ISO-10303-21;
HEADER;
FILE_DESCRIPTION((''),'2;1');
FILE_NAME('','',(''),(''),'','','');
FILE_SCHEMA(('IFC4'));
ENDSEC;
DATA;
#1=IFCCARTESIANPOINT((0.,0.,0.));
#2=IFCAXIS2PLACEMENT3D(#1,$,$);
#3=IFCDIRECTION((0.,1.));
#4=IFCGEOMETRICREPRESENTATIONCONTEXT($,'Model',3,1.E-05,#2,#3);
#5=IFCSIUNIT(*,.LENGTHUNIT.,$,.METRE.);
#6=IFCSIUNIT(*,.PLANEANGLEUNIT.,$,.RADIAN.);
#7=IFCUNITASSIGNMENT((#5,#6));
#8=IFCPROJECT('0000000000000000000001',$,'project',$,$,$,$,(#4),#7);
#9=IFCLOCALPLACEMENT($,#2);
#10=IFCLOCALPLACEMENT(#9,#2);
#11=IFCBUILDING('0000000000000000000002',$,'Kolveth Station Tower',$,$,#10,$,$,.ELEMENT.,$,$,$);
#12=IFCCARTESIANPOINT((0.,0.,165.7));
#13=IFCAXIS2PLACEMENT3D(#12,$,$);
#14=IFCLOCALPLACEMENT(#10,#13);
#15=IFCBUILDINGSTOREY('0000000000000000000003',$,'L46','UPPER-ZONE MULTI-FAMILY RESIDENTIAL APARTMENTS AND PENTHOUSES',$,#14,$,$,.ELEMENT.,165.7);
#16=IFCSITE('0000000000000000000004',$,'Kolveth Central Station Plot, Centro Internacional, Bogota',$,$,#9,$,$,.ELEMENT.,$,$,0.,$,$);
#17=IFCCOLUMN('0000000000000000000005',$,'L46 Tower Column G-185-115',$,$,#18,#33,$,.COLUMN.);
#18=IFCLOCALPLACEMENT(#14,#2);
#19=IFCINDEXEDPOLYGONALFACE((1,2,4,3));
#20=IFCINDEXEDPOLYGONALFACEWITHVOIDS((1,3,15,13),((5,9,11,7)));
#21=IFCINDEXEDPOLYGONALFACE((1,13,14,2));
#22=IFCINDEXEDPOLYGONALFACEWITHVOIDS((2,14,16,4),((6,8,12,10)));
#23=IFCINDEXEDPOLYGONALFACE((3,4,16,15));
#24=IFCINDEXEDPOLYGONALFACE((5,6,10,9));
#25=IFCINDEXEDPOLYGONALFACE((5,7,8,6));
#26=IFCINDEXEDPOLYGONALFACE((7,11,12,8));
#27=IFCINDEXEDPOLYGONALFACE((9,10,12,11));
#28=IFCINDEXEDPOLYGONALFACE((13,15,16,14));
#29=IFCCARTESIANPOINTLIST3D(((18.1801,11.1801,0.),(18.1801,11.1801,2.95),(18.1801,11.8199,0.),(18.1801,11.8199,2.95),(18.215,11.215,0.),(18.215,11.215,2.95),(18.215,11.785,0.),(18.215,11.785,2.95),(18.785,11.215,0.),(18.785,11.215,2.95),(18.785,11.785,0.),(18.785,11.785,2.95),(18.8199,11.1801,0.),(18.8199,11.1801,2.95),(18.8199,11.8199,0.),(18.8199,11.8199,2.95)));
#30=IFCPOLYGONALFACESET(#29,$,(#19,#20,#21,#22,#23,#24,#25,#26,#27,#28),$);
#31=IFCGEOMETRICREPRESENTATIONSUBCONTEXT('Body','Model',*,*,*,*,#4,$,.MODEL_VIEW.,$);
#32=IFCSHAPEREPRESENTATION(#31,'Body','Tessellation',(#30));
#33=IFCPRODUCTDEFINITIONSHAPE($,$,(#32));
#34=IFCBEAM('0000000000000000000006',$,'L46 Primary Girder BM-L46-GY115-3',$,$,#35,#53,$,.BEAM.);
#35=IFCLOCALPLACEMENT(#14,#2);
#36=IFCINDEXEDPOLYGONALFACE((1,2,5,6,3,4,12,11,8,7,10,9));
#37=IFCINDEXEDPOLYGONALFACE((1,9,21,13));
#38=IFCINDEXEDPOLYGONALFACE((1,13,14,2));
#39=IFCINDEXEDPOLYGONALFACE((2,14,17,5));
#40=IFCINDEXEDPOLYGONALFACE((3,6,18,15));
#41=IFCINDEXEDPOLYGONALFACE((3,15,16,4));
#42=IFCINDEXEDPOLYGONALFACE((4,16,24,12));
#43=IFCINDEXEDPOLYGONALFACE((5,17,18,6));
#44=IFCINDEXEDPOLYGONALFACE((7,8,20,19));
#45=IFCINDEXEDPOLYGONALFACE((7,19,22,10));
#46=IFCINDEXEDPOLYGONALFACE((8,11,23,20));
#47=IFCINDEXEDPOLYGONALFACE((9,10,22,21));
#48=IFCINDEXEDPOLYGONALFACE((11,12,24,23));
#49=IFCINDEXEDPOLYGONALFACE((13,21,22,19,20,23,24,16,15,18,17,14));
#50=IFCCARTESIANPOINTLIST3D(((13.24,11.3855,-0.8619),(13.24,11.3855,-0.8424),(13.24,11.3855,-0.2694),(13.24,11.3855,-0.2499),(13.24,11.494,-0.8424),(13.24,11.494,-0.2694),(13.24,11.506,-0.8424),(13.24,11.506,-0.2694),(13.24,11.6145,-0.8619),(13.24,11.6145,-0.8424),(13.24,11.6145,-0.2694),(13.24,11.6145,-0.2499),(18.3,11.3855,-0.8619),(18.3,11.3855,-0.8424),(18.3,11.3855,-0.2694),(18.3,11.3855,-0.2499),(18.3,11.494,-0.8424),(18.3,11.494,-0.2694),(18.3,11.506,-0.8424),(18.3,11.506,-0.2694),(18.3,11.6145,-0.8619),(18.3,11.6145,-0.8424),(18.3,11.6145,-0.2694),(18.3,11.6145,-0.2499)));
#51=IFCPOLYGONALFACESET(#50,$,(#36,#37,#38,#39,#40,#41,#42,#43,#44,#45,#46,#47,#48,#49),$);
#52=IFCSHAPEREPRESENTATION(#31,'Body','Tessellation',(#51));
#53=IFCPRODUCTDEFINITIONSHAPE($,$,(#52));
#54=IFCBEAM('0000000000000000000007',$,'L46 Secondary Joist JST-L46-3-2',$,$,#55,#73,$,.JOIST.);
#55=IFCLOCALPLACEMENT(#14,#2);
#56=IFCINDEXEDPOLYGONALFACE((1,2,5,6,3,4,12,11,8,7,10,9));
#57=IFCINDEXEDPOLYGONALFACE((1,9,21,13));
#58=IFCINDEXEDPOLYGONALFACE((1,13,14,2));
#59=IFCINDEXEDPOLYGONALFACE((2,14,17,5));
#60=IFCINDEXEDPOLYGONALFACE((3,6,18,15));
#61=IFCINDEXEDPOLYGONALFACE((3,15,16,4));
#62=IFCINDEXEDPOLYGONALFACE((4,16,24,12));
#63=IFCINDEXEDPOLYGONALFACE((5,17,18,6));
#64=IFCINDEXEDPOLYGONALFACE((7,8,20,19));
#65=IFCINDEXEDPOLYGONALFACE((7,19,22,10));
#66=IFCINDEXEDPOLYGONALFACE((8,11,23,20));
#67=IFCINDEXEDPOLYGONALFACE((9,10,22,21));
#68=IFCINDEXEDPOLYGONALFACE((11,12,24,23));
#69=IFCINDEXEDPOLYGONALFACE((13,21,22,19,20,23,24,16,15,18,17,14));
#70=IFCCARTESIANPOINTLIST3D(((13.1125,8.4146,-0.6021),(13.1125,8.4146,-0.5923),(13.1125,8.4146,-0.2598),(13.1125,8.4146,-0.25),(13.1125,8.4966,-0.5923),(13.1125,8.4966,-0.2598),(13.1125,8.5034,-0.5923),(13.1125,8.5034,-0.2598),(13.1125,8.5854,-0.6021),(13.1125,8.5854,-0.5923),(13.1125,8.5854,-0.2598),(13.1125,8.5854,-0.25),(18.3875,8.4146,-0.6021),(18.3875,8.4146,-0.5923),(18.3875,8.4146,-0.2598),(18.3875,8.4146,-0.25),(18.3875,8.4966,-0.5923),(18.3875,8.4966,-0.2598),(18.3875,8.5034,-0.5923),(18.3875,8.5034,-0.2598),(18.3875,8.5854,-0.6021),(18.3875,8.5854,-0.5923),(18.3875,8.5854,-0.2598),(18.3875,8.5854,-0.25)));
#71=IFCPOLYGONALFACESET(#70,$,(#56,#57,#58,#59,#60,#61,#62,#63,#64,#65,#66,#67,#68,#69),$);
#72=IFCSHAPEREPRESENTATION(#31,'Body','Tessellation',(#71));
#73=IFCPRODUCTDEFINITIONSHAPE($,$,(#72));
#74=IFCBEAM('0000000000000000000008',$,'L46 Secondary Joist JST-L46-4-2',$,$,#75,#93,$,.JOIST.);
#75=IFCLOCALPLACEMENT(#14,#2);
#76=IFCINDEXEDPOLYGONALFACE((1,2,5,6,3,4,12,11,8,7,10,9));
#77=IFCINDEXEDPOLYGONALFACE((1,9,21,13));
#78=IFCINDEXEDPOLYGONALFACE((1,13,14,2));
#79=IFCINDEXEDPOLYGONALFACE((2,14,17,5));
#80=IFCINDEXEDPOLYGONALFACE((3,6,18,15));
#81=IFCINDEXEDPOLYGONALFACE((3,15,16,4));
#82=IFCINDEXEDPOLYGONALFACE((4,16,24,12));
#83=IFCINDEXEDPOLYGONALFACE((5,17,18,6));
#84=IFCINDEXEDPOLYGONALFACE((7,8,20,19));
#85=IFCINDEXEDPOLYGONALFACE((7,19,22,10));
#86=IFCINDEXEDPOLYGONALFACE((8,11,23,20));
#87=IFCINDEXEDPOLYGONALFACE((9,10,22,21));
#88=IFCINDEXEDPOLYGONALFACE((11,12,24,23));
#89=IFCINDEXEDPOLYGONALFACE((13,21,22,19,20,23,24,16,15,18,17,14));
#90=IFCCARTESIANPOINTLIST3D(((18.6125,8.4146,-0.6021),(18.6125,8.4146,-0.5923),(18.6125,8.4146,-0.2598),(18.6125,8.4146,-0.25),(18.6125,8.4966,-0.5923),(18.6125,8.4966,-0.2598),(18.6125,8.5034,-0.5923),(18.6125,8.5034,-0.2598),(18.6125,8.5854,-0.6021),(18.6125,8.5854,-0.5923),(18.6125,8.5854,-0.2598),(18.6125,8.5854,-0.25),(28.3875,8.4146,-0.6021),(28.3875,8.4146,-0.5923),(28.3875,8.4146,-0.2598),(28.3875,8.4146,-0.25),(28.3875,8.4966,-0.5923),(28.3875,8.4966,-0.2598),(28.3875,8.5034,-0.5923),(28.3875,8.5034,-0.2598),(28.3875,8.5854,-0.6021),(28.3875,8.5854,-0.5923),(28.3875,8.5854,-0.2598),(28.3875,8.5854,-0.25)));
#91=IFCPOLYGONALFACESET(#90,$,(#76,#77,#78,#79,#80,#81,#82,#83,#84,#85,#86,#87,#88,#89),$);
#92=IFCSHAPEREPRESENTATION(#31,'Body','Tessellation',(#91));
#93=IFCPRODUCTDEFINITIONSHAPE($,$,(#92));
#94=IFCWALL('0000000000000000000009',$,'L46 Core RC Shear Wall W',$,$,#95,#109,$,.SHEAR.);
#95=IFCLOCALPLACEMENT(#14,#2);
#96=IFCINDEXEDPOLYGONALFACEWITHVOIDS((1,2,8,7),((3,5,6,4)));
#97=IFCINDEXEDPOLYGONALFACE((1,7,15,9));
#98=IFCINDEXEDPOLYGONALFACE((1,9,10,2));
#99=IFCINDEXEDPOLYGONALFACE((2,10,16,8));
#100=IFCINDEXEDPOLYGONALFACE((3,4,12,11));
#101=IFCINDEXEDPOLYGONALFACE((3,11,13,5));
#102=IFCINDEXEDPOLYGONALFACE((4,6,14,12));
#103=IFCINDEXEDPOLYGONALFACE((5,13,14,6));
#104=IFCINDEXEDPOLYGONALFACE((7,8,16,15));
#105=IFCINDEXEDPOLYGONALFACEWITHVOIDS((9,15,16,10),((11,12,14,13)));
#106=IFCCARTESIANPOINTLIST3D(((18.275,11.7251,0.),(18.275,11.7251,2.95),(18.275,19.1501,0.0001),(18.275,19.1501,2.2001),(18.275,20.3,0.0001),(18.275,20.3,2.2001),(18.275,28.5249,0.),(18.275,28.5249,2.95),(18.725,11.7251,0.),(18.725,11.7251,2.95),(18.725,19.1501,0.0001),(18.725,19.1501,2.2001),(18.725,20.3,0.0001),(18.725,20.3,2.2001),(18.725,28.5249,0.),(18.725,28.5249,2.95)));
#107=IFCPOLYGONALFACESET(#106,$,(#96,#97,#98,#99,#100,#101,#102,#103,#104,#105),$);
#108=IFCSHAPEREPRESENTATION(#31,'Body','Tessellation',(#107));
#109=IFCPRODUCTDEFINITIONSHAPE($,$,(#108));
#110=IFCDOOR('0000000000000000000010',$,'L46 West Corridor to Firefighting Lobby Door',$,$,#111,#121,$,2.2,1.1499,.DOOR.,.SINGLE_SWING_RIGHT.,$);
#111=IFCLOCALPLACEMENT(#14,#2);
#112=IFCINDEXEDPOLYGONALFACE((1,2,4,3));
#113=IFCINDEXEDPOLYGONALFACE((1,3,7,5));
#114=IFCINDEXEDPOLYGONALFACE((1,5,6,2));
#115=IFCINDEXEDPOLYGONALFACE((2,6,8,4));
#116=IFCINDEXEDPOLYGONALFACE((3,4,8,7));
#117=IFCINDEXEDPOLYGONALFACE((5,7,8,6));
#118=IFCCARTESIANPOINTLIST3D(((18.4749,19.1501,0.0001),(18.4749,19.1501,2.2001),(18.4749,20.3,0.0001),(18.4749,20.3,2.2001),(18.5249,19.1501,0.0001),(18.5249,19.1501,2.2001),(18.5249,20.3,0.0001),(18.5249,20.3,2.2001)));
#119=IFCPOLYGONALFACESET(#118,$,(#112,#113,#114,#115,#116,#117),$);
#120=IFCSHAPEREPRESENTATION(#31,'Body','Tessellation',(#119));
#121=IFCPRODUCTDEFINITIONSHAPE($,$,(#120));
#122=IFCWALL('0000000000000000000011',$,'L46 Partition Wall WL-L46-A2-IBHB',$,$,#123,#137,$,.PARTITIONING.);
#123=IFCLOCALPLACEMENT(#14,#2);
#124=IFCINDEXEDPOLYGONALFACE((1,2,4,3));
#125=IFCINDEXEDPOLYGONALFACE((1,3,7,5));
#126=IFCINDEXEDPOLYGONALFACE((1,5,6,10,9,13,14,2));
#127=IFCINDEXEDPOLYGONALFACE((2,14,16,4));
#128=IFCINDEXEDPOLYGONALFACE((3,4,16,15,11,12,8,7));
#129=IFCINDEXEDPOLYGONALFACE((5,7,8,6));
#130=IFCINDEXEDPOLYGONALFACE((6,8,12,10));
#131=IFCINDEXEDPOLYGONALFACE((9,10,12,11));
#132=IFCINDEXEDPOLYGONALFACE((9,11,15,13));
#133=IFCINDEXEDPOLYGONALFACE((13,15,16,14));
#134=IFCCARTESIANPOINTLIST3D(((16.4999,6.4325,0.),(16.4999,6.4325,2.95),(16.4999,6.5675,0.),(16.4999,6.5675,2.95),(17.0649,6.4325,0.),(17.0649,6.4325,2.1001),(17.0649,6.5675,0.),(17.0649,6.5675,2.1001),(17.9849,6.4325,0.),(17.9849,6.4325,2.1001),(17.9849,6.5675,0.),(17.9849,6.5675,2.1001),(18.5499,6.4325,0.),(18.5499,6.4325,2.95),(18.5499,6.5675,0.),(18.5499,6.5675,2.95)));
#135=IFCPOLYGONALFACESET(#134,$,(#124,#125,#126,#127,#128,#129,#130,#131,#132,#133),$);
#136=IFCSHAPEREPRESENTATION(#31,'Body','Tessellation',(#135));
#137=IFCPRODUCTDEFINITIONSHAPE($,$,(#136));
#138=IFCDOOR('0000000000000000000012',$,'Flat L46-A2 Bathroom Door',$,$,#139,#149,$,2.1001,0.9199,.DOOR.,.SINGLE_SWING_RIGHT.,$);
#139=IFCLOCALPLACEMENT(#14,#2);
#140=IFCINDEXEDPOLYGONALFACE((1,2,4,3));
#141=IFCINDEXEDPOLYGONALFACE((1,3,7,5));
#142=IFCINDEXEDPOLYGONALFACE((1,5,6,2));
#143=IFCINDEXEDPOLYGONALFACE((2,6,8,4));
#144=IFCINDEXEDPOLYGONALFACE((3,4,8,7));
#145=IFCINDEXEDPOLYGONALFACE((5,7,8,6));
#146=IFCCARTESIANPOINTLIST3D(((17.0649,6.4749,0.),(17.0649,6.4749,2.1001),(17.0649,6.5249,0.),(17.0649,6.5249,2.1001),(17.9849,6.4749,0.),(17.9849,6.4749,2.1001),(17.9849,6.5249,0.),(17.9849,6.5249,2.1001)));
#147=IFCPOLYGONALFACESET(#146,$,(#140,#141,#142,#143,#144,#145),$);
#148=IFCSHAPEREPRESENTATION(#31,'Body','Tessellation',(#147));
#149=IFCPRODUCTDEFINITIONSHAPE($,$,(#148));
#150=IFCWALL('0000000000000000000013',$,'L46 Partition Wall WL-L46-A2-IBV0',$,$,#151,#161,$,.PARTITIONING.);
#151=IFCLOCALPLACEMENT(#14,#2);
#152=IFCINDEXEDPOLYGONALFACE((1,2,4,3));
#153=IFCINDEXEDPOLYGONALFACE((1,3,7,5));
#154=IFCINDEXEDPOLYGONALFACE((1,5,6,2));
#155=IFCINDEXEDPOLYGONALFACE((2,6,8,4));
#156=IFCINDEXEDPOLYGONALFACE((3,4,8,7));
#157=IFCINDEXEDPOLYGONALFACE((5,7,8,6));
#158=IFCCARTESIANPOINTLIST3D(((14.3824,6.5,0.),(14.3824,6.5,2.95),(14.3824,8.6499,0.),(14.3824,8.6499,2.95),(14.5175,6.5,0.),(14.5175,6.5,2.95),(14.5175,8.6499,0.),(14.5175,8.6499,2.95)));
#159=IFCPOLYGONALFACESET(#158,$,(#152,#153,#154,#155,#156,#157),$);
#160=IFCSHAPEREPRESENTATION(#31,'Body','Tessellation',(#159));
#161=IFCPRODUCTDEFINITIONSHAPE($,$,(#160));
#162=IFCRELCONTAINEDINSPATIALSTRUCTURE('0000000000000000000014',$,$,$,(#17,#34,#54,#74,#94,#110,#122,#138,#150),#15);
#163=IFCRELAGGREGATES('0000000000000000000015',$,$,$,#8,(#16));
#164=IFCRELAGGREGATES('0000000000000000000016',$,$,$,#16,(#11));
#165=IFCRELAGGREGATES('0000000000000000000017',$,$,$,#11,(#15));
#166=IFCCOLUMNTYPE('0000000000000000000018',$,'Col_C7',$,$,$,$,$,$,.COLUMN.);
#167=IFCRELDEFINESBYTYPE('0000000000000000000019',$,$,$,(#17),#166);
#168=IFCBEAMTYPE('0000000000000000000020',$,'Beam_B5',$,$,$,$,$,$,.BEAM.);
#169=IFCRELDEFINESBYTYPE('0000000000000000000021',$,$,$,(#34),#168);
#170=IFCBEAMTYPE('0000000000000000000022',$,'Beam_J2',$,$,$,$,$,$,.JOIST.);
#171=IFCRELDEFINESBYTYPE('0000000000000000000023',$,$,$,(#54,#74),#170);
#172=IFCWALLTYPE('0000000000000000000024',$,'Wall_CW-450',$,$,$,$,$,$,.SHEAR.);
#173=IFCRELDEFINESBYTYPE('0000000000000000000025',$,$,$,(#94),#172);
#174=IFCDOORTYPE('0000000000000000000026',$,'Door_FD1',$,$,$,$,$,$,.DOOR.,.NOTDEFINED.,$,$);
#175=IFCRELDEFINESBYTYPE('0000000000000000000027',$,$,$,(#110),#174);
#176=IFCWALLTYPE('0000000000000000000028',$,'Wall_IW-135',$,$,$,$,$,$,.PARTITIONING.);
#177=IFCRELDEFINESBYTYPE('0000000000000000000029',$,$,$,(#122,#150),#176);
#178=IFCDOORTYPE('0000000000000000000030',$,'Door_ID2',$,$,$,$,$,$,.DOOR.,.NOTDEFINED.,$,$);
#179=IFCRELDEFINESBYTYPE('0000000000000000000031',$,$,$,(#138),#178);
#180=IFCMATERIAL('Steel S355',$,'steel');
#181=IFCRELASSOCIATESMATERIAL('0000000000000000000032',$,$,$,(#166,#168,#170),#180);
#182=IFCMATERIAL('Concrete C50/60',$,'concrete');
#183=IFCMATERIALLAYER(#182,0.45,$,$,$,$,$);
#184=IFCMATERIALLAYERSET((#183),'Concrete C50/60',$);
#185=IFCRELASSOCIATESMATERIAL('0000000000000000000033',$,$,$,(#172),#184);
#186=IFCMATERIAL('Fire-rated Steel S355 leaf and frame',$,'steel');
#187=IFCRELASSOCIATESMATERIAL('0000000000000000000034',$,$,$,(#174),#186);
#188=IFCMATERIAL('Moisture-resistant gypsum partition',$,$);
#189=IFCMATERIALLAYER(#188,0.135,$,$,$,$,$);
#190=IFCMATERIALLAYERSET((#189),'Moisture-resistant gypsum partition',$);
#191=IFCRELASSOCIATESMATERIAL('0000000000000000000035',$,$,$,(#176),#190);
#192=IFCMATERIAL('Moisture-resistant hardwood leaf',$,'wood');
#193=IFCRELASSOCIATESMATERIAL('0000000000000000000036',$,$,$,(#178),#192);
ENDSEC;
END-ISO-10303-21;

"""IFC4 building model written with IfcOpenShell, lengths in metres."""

from ifc_helpers import new_model, si_unit, direction, frame, frame_2d, origin, origin_2d, place, context, subcontext, project, spatial, rectangle, hollow_rectangle, i_section, extrude, source, transform, mapped, material, layer, layer_set, material_profile, profile_set, type_object, element, fill, save


model = new_model("IFC4")

# Units and contexts
model_context = context("Model", 3, precision=1e-05, world=origin(), true_north=direction((0.0, 1.0)))
body_context = subcontext(model_context, "Body", "Model", "MODEL_VIEW")
ifc_project = project(units=[si_unit("LENGTHUNIT", "METRE"), si_unit("PLANEANGLEUNIT", "RADIAN")], contexts=[model_context])

# Site, building, storey
site_placement = place(None, origin())
site = spatial("IfcSite", under=ifc_project, at=site_placement, Name="Kolveth Central Station Plot, Centro Internacional, Bogota", CompositionType="ELEMENT", RefElevation=0.0)
building_placement = place(site_placement, origin())
building = spatial("IfcBuilding", under=site, at=building_placement, Name="Kolveth Station Tower", CompositionType="ELEMENT")
storey_placement = place(building_placement, frame((0.0, 0.0, 165.7)))
storey = spatial("IfcBuildingStorey", under=building, at=storey_placement, Name="L46", Description="UPPER-ZONE MULTI-FAMILY RESIDENTIAL APARTMENTS AND PENTHOUSES", CompositionType="ELEMENT", Elevation=165.7)

# Column
ifc_material_1 = material(Name="Steel S355", Category="steel")
ifc_material_profile_1 = material_profile(ifc_material_1, hollow_rectangle(XDim=0.6399, YDim=0.6399, WallThickness=0.0349, at=origin_2d()), Name="BOX640x640x35")
ifc_profile_set_1 = profile_set([ifc_material_profile_1], Name="Steel S355")
column_type = type_object("IfcColumnType", Name="Col_C7", PredefinedType="COLUMN", material=ifc_profile_set_1)
shared_shape_1 = source(origin(), body_context, "Body", "SweptSolid", [
    extrude(hollow_rectangle(XDim=0.6399, YDim=0.6399, WallThickness=0.0349, at=origin_2d()), origin(), (0.0, 0.0, 1.0), 2.95),
])
column_placement = place(storey_placement, frame((18.5, 11.5, 0.0), z_axis=(0.0, 0.0, 1.0), x_axis=(1.0, 0.0, 0.0)))
element("IfcColumn", 1, at=column_placement, inside=storey, type_object=column_type, Name="L46 Tower Column G-185-115", PredefinedType="COLUMN", context=body_context, shape_type="MappedRepresentation", body=[
    mapped(shared_shape_1, transform((0.0, 0.0, 0.0), x_axis=(1.0, 0.0, 0.0), y_axis=(0.0, 1.0, 0.0), z_axis=(0.0, 0.0, 1.0), scale=1.0)),
])

# Beams
ifc_material_profile_2 = material_profile(ifc_material_1, i_section(OverallWidth=0.229, OverallDepth=0.6121, WebThickness=0.012, FlangeThickness=0.0195, at=origin_2d()), Name="W610x125")
ifc_profile_set_2 = profile_set([ifc_material_profile_2], Name="Steel S355")
beam_type_1 = type_object("IfcBeamType", Name="Beam_B5", PredefinedType="BEAM", material=ifc_profile_set_2)
shared_shape_2 = source(origin(), body_context, "Body", "SweptSolid", [
    extrude(i_section(OverallWidth=0.229, OverallDepth=0.6121, WebThickness=0.012, FlangeThickness=0.0195, at=origin_2d()), origin(), (0.0, 0.0, 1.0), 5.0601),
])
beam_1_placement = place(storey_placement, frame((13.24, 11.5, -0.5559), z_axis=(1.0, 0.0, 0.0), x_axis=(0.0, 1.0, 0.0)))
element("IfcBeam", 2, at=beam_1_placement, inside=storey, type_object=beam_type_1, Name="L46 Primary Girder BM-L46-GY115-3", PredefinedType="BEAM", context=body_context, shape_type="MappedRepresentation", body=[
    mapped(shared_shape_2, transform((0.0, 0.0, 0.0), x_axis=(1.0, 0.0, 0.0), y_axis=(0.0, 1.0, 0.0), z_axis=(0.0, 0.0, 1.0), scale=1.0)),
])
ifc_material_profile_3 = material_profile(ifc_material_1, i_section(OverallWidth=0.1709, OverallDepth=0.3521, WebThickness=0.0068, FlangeThickness=0.0098, at=origin_2d()), Name="W360x44")
ifc_profile_set_3 = profile_set([ifc_material_profile_3], Name="Steel S355")
beam_type_2 = type_object("IfcBeamType", Name="Beam_J2", PredefinedType="JOIST", material=ifc_profile_set_3)
shared_shape_3 = source(origin(), body_context, "Body", "SweptSolid", [
    extrude(i_section(OverallWidth=0.1709, OverallDepth=0.3521, WebThickness=0.0068, FlangeThickness=0.0098, at=origin_2d()), origin(), (0.0, 0.0, 1.0), 5.2749),
])
beam_2_placement = place(storey_placement, frame((13.1125, 8.5, -0.426), z_axis=(1.0, 0.0, 0.0), x_axis=(0.0, 1.0, 0.0)))
element("IfcBeam", 3, at=beam_2_placement, inside=storey, type_object=beam_type_2, Name="L46 Secondary Joist JST-L46-3-2", PredefinedType="JOIST", context=body_context, shape_type="MappedRepresentation", body=[
    mapped(shared_shape_3, transform((0.0, 0.0, 0.0), x_axis=(1.0, 0.0, 0.0), y_axis=(0.0, 1.0, 0.0), z_axis=(0.0, 0.0, 1.0), scale=1.0)),
])
shared_shape_4 = source(origin(), body_context, "Body", "SweptSolid", [
    extrude(i_section(OverallWidth=0.1709, OverallDepth=0.3521, WebThickness=0.0068, FlangeThickness=0.0098, at=origin_2d()), origin(), (0.0, 0.0, 1.0), 9.7749),
])
beam_3_placement = place(storey_placement, frame((18.6125, 8.5, -0.426), z_axis=(1.0, 0.0, 0.0), x_axis=(0.0, 1.0, 0.0)))
element("IfcBeam", 4, at=beam_3_placement, inside=storey, type_object=beam_type_2, Name="L46 Secondary Joist JST-L46-4-2", PredefinedType="JOIST", context=body_context, shape_type="MappedRepresentation", body=[
    mapped(shared_shape_4, transform((0.0, 0.0, 0.0), x_axis=(1.0, 0.0, 0.0), y_axis=(0.0, 1.0, 0.0), z_axis=(0.0, 0.0, 1.0), scale=1.0)),
])

# Shared definitions
ifc_material_2 = material(Name="Concrete C50/60", Category="concrete")
ifc_layer_1 = layer(ifc_material_2, 0.45)
ifc_layer_set_1 = layer_set([ifc_layer_1], Name="Concrete C50/60")
wall_type_1 = type_object("IfcWallType", Name="Wall_CW-450", PredefinedType="SHEAR", material=ifc_layer_set_1)

# Walls, openings, doors
wall_1_placement = place(storey_placement, frame((18.5, 11.7251, 0.0), z_axis=(0.0, 0.0, 1.0), x_axis=(0.0, 1.0, 0.0)))
wall_1 = element("IfcWall", 5, at=wall_1_placement, inside=storey, type_object=wall_type_1, Name="L46 Core RC Shear Wall W", PredefinedType="SHEAR", context=body_context, shape_type="SweptSolid", body=[
    extrude(rectangle(XDim=16.7998, YDim=0.45, at=frame_2d((8.3999, 0.0))), origin(), (0.0, 0.0, 1.0), 2.95),
])
opening_1_placement = place(wall_1_placement, frame((7.425, 0.0, 0.0)))
opening_1 = element("IfcOpeningElement", 6, at=opening_1_placement, cuts=wall_1, PredefinedType="OPENING", context=body_context, shape_type="SweptSolid", body=[
    extrude(rectangle(XDim=1.1499, YDim=2.2, at=frame_2d((0.575, 1.1001))), frame((0.0, 0.2349, 0.0), z_axis=(0.0, -1.0, 0.0), x_axis=(1.0, 0.0, 0.0)), (0.0, 0.0, 1.0), 0.47),
])
ifc_material_3 = material(Name="Fire-rated Steel S355 leaf and frame", Category="steel")
door_type_1 = type_object("IfcDoorType", Name="Door_FD1", OperationType="NOTDEFINED", PredefinedType="DOOR", material=ifc_material_3)
door_1_placement = place(opening_1_placement, frame((1.1499, 0.0, 0.0), z_axis=(0.0, 0.0, 1.0), x_axis=(-1.0, 0.0, 0.0)))
door_1 = element("IfcDoor", 7, at=door_1_placement, inside=storey, type_object=door_type_1, Name="L46 West Corridor to Firefighting Lobby Door", OperationType="SINGLE_SWING_RIGHT", OverallHeight=2.2, OverallWidth=1.1499, PredefinedType="DOOR", context=body_context, shape_type="SweptSolid", body=[
    extrude(rectangle(XDim=1.1499, YDim=2.2, at=frame_2d((0.575, 1.1001))), frame((0.0, 0.0249, 0.0), z_axis=(0.0, -1.0, 0.0), x_axis=(1.0, 0.0, 0.0)), (0.0, 0.0, 1.0), 0.05),
])
fill(opening_1, door_1)
ifc_material_4 = material(Name="Moisture-resistant gypsum partition")
ifc_layer_2 = layer(ifc_material_4, 0.135)
ifc_layer_set_2 = layer_set([ifc_layer_2], Name="Moisture-resistant gypsum partition")
wall_type_2 = type_object("IfcWallType", Name="Wall_IW-135", PredefinedType="PARTITIONING", material=ifc_layer_set_2)
wall_2_placement = place(storey_placement, frame((16.5, 6.5, 0.0), z_axis=(0.0, 0.0, 1.0), x_axis=(1.0, 0.0, 0.0)))
wall_2 = element("IfcWall", 8, at=wall_2_placement, inside=storey, type_object=wall_type_2, Name="L46 Partition Wall WL-L46-A2-IBHB", PredefinedType="PARTITIONING", context=body_context, shape_type="SweptSolid", body=[
    extrude(rectangle(XDim=2.05, YDim=0.135, at=frame_2d((1.0249, 0.0))), origin(), (0.0, 0.0, 1.0), 2.95),
])
opening_2_placement = place(wall_2_placement, frame((0.5649, 0.0, 0.0)))
opening_2 = element("IfcOpeningElement", 9, at=opening_2_placement, cuts=wall_2, PredefinedType="OPENING", context=body_context, shape_type="SweptSolid", body=[
    extrude(rectangle(XDim=0.9199, YDim=2.1001, at=frame_2d((0.46, 1.05))), frame((0.0, 0.0774, 0.0), z_axis=(0.0, -1.0, 0.0), x_axis=(1.0, 0.0, 0.0)), (0.0, 0.0, 1.0), 0.155),
])
ifc_material_5 = material(Name="Moisture-resistant hardwood leaf", Category="wood")
door_type_2 = type_object("IfcDoorType", Name="Door_ID2", OperationType="NOTDEFINED", PredefinedType="DOOR", material=ifc_material_5)
door_2_placement = place(opening_2_placement, origin())
door_2 = element("IfcDoor", 10, at=door_2_placement, inside=storey, type_object=door_type_2, Name="Flat L46-A2 Bathroom Door", OperationType="SINGLE_SWING_RIGHT", OverallHeight=2.1001, OverallWidth=0.9199, PredefinedType="DOOR", context=body_context, shape_type="SweptSolid", body=[
    extrude(rectangle(XDim=0.9199, YDim=2.1001, at=frame_2d((0.46, 1.05))), frame((0.0, 0.0249, 0.0), z_axis=(0.0, -1.0, 0.0), x_axis=(1.0, 0.0, 0.0)), (0.0, 0.0, 1.0), 0.05),
])
fill(opening_2, door_2)

# Wall
for number, where, z_axis, x_axis, name in (
    (11, (14.45, 6.5, 0.0), (0.0, 0.0, 1.0), (0.0, 1.0, 0.0), "L46 Partition Wall WL-L46-A2-IBV0"),
):
    element("IfcWall", number, at=place(storey_placement, frame(where, z_axis=z_axis, x_axis=x_axis)), inside=storey, type_object=wall_type_2, Name=name, PredefinedType="PARTITIONING", context=body_context, shape_type="SweptSolid", body=[
        extrude(rectangle(XDim=2.1499, YDim=0.135, at=frame_2d((1.075, 0.0))), origin(), (0.0, 0.0, 1.0), 2.95),
    ])

save(model, "model.ifc")
